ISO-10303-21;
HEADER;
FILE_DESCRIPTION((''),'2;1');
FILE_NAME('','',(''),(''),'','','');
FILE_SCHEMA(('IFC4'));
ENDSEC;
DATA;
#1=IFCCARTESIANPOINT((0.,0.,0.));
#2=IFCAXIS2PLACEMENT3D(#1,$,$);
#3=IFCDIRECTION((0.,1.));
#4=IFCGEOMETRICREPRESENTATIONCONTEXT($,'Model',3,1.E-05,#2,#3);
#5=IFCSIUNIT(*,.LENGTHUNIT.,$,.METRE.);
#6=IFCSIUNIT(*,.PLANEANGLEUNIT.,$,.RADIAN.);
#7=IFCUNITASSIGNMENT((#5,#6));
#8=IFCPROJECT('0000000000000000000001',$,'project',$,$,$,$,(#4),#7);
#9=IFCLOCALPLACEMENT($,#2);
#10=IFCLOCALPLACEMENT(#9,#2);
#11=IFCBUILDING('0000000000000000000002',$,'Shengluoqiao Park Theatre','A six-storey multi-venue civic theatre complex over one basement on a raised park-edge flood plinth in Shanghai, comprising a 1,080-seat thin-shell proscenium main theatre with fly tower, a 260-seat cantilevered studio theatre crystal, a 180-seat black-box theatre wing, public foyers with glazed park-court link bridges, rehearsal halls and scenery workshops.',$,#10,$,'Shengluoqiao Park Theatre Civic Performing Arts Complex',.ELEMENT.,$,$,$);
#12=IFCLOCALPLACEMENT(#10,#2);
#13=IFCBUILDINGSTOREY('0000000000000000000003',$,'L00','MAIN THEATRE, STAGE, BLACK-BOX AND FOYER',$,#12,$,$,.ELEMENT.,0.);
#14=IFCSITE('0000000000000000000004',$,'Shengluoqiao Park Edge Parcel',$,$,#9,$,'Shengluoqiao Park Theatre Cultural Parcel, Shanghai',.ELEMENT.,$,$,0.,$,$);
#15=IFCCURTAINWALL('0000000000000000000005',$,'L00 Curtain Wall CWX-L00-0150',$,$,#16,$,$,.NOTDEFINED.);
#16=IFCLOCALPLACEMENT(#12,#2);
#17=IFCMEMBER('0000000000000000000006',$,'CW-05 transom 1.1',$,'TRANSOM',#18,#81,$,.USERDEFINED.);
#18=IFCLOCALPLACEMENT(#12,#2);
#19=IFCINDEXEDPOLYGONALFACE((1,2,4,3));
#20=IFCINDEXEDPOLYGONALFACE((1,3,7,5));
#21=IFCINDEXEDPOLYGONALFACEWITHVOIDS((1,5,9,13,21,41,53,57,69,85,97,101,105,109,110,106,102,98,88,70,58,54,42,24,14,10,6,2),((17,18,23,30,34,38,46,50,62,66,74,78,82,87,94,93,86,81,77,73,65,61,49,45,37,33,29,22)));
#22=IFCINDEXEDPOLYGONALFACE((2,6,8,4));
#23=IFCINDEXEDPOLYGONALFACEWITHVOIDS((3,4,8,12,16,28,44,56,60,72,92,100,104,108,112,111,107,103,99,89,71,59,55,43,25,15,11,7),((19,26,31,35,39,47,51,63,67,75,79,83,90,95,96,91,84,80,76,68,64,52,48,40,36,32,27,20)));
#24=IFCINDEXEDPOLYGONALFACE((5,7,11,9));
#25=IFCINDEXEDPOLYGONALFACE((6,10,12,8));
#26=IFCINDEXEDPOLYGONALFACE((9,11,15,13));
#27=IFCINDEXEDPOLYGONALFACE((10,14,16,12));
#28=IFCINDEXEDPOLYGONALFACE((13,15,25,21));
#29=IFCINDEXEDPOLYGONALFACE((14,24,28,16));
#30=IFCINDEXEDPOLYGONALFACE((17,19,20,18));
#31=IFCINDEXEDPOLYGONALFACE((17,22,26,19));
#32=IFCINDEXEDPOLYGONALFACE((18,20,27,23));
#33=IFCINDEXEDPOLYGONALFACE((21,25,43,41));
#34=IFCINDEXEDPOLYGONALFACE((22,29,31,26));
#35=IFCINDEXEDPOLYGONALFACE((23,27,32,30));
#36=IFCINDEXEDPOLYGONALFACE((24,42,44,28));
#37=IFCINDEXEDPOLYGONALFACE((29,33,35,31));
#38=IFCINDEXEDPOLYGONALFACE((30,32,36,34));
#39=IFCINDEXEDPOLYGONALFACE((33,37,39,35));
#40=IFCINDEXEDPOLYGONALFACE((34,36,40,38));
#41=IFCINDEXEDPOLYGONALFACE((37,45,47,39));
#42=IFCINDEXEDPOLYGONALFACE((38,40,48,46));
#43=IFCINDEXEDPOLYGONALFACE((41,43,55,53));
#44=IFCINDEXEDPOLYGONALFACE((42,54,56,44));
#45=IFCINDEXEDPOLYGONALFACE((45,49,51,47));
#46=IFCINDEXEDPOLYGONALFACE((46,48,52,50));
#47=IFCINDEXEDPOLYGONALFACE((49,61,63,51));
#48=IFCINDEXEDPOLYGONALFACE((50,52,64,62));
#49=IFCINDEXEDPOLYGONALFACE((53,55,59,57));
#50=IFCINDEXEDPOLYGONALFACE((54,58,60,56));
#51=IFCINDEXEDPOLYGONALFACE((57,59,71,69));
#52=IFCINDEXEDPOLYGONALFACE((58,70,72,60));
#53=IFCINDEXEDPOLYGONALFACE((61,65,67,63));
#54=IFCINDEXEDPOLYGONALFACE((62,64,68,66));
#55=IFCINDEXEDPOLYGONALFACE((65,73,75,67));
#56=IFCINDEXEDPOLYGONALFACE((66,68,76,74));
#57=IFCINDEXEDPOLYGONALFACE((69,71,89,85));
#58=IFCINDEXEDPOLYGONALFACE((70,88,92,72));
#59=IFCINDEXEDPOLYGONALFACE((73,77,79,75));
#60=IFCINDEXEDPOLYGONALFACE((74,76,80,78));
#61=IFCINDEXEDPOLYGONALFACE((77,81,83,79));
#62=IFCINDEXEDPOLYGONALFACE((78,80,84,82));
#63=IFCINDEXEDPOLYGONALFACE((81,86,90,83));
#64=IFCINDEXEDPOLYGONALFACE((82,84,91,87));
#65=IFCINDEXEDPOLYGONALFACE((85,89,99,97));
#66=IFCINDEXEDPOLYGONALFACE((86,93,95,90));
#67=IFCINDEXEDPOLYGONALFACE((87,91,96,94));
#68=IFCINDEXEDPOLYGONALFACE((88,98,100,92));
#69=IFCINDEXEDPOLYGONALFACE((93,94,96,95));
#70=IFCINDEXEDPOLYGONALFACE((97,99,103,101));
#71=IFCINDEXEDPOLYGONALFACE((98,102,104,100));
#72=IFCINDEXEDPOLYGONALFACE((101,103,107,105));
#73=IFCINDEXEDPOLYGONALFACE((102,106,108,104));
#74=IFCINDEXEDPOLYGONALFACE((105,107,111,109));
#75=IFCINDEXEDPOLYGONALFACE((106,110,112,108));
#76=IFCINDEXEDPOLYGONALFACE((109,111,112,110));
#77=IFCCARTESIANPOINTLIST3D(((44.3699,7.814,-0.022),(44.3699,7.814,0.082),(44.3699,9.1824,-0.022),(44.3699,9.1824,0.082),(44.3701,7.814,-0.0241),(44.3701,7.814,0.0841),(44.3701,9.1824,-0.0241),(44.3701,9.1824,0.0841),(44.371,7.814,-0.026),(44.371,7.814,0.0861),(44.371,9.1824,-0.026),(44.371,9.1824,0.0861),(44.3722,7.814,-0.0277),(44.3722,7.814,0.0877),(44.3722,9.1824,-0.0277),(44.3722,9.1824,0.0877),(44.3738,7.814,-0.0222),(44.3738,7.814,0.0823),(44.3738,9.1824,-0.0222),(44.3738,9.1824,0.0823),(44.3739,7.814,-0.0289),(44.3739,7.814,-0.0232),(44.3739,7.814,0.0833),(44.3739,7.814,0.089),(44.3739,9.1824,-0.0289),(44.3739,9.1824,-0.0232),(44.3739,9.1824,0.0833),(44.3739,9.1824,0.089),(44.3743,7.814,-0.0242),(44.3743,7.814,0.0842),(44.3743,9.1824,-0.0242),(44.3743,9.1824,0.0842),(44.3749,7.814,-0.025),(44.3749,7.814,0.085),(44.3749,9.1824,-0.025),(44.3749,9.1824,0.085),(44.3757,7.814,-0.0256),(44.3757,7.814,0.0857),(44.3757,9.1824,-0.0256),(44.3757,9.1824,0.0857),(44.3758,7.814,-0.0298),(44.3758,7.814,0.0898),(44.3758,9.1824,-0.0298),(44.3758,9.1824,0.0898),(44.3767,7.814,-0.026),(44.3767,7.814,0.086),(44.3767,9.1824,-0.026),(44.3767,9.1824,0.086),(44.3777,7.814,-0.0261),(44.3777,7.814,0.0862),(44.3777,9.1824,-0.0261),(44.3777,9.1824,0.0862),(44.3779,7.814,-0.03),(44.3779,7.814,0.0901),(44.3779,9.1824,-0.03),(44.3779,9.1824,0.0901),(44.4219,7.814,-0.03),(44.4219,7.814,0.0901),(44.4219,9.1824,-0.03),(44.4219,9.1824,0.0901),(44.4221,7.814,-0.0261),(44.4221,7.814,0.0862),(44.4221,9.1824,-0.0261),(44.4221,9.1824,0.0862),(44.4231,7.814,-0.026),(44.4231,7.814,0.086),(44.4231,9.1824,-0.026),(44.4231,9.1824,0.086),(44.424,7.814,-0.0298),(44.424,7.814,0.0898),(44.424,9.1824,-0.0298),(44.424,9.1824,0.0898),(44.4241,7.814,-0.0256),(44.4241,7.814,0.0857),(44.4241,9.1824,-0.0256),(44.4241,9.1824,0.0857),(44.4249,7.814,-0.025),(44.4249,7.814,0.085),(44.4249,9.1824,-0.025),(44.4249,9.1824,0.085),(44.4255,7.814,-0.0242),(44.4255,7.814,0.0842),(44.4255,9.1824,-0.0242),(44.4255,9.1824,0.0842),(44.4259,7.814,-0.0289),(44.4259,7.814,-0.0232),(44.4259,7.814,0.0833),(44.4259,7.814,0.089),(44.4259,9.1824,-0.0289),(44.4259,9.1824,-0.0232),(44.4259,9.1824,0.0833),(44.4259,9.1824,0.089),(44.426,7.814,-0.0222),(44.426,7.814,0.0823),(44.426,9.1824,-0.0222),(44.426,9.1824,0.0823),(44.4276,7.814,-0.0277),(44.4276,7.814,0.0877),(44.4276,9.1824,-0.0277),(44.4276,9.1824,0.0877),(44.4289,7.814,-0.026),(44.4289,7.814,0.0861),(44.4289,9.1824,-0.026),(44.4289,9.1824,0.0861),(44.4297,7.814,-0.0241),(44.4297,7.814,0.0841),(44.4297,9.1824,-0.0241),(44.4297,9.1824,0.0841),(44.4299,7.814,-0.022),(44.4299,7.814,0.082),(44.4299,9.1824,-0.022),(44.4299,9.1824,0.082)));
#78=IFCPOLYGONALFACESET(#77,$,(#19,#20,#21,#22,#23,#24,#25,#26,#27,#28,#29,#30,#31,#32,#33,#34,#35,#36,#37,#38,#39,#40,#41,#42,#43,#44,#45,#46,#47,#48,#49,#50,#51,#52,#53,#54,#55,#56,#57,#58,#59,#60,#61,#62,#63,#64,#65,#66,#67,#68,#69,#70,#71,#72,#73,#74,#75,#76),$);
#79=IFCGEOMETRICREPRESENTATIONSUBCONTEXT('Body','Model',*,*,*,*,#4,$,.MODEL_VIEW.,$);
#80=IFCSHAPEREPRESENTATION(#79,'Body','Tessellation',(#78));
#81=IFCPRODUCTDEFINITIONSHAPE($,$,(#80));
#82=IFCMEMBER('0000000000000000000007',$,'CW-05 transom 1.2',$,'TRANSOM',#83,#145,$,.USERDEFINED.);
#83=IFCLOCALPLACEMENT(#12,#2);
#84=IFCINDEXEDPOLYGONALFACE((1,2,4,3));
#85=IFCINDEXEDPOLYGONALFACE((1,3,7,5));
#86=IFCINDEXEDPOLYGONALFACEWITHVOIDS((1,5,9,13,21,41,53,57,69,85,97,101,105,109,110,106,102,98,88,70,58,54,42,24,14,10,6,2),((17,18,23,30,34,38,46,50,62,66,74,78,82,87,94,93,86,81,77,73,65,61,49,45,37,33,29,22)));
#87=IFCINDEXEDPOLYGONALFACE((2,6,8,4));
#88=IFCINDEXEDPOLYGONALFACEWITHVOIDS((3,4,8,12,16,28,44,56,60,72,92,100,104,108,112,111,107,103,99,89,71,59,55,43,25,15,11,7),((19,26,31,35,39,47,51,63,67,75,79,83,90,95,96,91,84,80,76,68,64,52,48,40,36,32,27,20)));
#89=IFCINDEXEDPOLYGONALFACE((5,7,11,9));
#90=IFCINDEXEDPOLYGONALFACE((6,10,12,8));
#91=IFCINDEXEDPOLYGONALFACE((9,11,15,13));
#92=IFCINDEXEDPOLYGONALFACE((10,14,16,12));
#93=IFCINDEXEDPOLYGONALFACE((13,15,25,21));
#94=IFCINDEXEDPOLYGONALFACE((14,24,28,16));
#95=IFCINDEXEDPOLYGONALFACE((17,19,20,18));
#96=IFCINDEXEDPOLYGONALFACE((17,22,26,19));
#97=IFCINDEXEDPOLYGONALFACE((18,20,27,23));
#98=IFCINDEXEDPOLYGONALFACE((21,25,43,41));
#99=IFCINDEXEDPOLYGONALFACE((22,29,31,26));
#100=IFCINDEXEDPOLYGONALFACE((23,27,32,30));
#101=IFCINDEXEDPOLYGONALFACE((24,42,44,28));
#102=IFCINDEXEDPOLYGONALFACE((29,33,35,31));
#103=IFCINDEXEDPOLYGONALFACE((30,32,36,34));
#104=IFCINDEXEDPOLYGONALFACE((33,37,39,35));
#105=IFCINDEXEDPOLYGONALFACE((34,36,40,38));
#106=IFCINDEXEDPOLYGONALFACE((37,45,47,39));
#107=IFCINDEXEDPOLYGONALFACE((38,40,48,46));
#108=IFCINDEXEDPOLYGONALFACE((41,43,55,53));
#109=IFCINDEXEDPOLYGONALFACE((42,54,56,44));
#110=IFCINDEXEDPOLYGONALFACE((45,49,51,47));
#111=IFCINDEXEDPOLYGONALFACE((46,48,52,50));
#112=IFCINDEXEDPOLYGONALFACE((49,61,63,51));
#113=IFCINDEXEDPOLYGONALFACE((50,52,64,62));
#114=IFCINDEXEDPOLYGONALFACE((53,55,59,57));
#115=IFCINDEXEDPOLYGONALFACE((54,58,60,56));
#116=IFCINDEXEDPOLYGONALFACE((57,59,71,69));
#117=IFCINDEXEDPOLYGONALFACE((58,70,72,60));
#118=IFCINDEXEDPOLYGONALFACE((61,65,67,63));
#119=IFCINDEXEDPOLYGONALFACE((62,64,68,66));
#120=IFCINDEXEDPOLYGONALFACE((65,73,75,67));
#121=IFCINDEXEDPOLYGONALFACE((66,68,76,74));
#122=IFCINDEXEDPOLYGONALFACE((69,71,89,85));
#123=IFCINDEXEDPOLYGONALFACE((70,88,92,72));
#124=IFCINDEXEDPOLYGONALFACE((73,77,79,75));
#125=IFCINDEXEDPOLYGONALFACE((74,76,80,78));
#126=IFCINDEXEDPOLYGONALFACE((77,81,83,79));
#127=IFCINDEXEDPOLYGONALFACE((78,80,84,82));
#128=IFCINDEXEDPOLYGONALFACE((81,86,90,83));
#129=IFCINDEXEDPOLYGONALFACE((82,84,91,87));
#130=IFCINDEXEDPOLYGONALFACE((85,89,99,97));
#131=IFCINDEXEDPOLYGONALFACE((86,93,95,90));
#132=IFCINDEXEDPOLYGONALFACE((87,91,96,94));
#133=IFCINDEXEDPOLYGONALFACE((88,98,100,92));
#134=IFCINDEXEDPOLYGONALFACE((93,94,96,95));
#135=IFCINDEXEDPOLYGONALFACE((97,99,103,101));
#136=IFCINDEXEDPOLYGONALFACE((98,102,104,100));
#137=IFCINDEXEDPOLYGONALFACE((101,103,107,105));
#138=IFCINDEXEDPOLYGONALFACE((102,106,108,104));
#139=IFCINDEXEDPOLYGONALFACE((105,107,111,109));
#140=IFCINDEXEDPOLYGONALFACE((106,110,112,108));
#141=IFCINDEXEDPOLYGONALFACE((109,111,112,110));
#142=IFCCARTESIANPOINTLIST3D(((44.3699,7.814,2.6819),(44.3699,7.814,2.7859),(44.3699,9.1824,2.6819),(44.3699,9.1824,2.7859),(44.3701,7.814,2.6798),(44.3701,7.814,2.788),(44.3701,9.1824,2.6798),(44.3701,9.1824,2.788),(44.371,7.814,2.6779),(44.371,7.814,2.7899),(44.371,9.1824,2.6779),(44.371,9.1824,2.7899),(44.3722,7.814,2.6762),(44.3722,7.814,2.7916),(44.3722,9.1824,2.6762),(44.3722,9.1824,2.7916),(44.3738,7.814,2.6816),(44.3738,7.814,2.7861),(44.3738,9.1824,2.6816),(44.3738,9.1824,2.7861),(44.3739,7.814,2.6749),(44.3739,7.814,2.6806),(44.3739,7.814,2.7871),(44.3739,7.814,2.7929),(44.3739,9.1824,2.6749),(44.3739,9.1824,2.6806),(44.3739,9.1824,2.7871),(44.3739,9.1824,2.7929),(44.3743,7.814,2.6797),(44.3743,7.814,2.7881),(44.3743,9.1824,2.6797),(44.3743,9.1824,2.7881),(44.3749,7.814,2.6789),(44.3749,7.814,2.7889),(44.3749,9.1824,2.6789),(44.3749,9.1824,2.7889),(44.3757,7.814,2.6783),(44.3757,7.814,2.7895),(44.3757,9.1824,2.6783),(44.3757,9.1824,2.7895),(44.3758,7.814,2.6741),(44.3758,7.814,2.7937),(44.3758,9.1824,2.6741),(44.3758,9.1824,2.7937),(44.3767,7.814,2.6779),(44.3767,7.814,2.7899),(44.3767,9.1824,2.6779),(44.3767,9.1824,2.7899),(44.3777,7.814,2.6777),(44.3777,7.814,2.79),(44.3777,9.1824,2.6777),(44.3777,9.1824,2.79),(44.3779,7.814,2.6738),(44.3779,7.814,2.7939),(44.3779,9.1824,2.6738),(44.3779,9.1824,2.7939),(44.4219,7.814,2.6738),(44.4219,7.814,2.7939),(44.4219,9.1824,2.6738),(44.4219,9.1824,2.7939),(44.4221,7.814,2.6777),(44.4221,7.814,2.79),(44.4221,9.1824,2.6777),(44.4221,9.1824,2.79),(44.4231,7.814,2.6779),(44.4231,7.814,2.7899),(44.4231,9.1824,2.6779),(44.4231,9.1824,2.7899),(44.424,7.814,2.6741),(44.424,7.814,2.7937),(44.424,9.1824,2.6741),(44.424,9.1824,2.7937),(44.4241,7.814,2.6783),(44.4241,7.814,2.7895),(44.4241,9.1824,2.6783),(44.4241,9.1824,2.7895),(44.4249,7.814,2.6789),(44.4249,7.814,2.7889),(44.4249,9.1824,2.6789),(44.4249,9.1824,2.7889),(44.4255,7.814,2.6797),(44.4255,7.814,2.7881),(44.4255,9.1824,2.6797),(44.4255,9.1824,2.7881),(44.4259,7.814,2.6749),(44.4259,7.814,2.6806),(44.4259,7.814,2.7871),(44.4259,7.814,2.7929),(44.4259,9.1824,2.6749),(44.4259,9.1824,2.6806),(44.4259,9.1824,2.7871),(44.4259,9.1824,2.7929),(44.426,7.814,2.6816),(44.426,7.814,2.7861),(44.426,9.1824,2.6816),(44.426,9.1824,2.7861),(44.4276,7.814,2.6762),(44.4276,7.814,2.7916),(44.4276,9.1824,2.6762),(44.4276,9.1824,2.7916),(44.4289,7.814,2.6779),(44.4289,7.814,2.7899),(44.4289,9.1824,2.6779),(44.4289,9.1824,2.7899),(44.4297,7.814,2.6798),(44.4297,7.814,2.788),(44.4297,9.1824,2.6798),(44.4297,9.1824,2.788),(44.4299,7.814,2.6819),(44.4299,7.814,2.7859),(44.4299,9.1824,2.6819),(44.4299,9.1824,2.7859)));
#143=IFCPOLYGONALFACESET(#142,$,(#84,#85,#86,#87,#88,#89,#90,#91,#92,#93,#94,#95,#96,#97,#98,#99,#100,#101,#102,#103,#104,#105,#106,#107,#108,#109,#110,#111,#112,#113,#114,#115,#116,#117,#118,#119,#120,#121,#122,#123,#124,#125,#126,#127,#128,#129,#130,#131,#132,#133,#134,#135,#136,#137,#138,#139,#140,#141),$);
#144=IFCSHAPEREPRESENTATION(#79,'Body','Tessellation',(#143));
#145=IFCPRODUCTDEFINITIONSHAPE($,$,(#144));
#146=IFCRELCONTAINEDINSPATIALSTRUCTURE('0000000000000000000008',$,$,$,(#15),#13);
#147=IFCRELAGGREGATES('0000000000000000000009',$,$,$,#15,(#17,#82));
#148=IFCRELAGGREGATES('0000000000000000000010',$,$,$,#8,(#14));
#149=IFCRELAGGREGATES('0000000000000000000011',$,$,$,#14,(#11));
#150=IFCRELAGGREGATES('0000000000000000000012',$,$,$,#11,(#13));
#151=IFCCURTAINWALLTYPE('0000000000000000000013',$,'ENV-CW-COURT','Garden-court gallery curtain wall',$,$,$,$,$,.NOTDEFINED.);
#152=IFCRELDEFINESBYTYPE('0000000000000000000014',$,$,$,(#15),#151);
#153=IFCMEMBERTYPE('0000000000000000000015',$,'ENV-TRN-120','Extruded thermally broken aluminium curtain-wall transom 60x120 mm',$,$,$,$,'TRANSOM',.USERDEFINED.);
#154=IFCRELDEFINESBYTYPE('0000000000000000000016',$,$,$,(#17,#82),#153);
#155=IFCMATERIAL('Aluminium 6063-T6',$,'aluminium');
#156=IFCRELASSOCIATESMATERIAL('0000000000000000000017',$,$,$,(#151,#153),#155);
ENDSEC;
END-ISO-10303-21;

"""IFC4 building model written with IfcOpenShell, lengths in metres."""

from ifc_helpers import new_model, si_unit, direction, frame, origin, origin_2d, place, context, subcontext, project, spatial, hollow_rectangle, extrude, material, material_profile, profile_set, type_object, element, aggregate, save


model = new_model("IFC4")

# Units and contexts
model_context = context("Model", 3, precision=1e-05, world=origin(), true_north=direction((0.0, 1.0)))
body_context = subcontext(model_context, "Body", "Model", "MODEL_VIEW")
ifc_project = project(units=[si_unit("LENGTHUNIT", "METRE"), si_unit("PLANEANGLEUNIT", "RADIAN")], contexts=[model_context])

# Site, building, storey
site_placement = place(None, origin())
site = spatial("IfcSite", under=ifc_project, at=site_placement, Name="Shengluoqiao Park Edge Parcel", LongName="Shengluoqiao Park Theatre Cultural Parcel, Shanghai", CompositionType="ELEMENT", RefElevation=0.0)
building_placement = place(site_placement, origin())
building = spatial("IfcBuilding", under=site, at=building_placement, Name="Shengluoqiao Park Theatre", Description="A six-storey multi-venue civic theatre complex over one basement on a raised park-edge flood plinth in Shanghai, comprising a 1,080-seat thin-shell proscenium main theatre with fly tower, a 260-seat cantilevered studio theatre crystal, a 180-seat black-box theatre wing, public foyers with glazed park-court link bridges, rehearsal halls and scenery workshops.", LongName="Shengluoqiao Park Theatre Civic Performing Arts Complex", CompositionType="ELEMENT")
storey_placement = place(building_placement, origin())
storey = spatial("IfcBuildingStorey", under=building, at=storey_placement, Name="L00", Description="MAIN THEATRE, STAGE, BLACK-BOX AND FOYER", CompositionType="ELEMENT", Elevation=0.0)

# Curtain wall
ifc_material_1 = material(Name="Aluminium 6063-T6", Category="aluminium")
curtain_wall_type = type_object("IfcCurtainWallType", Name="ENV-CW-COURT", Description="Garden-court gallery curtain wall", PredefinedType="NOTDEFINED", material=ifc_material_1)
curtain_wall_1_placement = place(storey_placement, origin())
curtain_wall_1 = element("IfcCurtainWall", 1, at=curtain_wall_1_placement, inside=storey, type_object=curtain_wall_type, Name="L00 Curtain Wall CWX-L00-0150", PredefinedType="NOTDEFINED")

# Members
ifc_material_profile_1 = material_profile(ifc_material_1, hollow_rectangle(XDim=0.0601, YDim=0.1201, WallThickness=0.0039, InnerFilletRadius=0.0039, OuterFilletRadius=0.0081, at=origin_2d()), Name="ALU TRANSOM 120x60x4")
ifc_profile_set_1 = profile_set([ifc_material_profile_1], Name="Aluminium 6063-T6")
member_type_1 = type_object("IfcMemberType", Name="ENV-TRN-120", Description="Extruded thermally broken aluminium curtain-wall transom 60x120 mm", ElementType="TRANSOM", PredefinedType="USERDEFINED", material=ifc_profile_set_1)
member_1_placement = place(storey_placement, frame((44.3999, 7.814, 0.03), z_axis=(0.0, 1.0, 0.0), x_axis=(-1.0, 0.0, 0.0)))
member_1 = element("IfcMember", 2, at=member_1_placement, type_object=member_type_1, Name="CW-05 transom 1.1", ObjectType="TRANSOM", PredefinedType="USERDEFINED", context=body_context, shape_type="SweptSolid", body=[
    extrude(hollow_rectangle(XDim=0.0601, YDim=0.1201, WallThickness=0.0039, InnerFilletRadius=0.0039, OuterFilletRadius=0.0081, at=origin_2d()), origin(), (0.0, 0.0, 1.0), 1.3684),
])
member_2_placement = place(storey_placement, frame((44.3999, 7.814, 2.7339), z_axis=(0.0, 1.0, 0.0), x_axis=(-1.0, 0.0, 0.0)))
member_2 = element("IfcMember", 3, at=member_2_placement, type_object=member_type_1, Name="CW-05 transom 1.2", ObjectType="TRANSOM", PredefinedType="USERDEFINED", context=body_context, shape_type="SweptSolid", body=[
    extrude(hollow_rectangle(XDim=0.0601, YDim=0.1201, WallThickness=0.0039, InnerFilletRadius=0.0039, OuterFilletRadius=0.0081, at=origin_2d()), origin(), (0.0, 0.0, 1.0), 1.3684),
])

aggregate(curtain_wall_1, [member_1, member_2])

save(model, "model.ifc")
